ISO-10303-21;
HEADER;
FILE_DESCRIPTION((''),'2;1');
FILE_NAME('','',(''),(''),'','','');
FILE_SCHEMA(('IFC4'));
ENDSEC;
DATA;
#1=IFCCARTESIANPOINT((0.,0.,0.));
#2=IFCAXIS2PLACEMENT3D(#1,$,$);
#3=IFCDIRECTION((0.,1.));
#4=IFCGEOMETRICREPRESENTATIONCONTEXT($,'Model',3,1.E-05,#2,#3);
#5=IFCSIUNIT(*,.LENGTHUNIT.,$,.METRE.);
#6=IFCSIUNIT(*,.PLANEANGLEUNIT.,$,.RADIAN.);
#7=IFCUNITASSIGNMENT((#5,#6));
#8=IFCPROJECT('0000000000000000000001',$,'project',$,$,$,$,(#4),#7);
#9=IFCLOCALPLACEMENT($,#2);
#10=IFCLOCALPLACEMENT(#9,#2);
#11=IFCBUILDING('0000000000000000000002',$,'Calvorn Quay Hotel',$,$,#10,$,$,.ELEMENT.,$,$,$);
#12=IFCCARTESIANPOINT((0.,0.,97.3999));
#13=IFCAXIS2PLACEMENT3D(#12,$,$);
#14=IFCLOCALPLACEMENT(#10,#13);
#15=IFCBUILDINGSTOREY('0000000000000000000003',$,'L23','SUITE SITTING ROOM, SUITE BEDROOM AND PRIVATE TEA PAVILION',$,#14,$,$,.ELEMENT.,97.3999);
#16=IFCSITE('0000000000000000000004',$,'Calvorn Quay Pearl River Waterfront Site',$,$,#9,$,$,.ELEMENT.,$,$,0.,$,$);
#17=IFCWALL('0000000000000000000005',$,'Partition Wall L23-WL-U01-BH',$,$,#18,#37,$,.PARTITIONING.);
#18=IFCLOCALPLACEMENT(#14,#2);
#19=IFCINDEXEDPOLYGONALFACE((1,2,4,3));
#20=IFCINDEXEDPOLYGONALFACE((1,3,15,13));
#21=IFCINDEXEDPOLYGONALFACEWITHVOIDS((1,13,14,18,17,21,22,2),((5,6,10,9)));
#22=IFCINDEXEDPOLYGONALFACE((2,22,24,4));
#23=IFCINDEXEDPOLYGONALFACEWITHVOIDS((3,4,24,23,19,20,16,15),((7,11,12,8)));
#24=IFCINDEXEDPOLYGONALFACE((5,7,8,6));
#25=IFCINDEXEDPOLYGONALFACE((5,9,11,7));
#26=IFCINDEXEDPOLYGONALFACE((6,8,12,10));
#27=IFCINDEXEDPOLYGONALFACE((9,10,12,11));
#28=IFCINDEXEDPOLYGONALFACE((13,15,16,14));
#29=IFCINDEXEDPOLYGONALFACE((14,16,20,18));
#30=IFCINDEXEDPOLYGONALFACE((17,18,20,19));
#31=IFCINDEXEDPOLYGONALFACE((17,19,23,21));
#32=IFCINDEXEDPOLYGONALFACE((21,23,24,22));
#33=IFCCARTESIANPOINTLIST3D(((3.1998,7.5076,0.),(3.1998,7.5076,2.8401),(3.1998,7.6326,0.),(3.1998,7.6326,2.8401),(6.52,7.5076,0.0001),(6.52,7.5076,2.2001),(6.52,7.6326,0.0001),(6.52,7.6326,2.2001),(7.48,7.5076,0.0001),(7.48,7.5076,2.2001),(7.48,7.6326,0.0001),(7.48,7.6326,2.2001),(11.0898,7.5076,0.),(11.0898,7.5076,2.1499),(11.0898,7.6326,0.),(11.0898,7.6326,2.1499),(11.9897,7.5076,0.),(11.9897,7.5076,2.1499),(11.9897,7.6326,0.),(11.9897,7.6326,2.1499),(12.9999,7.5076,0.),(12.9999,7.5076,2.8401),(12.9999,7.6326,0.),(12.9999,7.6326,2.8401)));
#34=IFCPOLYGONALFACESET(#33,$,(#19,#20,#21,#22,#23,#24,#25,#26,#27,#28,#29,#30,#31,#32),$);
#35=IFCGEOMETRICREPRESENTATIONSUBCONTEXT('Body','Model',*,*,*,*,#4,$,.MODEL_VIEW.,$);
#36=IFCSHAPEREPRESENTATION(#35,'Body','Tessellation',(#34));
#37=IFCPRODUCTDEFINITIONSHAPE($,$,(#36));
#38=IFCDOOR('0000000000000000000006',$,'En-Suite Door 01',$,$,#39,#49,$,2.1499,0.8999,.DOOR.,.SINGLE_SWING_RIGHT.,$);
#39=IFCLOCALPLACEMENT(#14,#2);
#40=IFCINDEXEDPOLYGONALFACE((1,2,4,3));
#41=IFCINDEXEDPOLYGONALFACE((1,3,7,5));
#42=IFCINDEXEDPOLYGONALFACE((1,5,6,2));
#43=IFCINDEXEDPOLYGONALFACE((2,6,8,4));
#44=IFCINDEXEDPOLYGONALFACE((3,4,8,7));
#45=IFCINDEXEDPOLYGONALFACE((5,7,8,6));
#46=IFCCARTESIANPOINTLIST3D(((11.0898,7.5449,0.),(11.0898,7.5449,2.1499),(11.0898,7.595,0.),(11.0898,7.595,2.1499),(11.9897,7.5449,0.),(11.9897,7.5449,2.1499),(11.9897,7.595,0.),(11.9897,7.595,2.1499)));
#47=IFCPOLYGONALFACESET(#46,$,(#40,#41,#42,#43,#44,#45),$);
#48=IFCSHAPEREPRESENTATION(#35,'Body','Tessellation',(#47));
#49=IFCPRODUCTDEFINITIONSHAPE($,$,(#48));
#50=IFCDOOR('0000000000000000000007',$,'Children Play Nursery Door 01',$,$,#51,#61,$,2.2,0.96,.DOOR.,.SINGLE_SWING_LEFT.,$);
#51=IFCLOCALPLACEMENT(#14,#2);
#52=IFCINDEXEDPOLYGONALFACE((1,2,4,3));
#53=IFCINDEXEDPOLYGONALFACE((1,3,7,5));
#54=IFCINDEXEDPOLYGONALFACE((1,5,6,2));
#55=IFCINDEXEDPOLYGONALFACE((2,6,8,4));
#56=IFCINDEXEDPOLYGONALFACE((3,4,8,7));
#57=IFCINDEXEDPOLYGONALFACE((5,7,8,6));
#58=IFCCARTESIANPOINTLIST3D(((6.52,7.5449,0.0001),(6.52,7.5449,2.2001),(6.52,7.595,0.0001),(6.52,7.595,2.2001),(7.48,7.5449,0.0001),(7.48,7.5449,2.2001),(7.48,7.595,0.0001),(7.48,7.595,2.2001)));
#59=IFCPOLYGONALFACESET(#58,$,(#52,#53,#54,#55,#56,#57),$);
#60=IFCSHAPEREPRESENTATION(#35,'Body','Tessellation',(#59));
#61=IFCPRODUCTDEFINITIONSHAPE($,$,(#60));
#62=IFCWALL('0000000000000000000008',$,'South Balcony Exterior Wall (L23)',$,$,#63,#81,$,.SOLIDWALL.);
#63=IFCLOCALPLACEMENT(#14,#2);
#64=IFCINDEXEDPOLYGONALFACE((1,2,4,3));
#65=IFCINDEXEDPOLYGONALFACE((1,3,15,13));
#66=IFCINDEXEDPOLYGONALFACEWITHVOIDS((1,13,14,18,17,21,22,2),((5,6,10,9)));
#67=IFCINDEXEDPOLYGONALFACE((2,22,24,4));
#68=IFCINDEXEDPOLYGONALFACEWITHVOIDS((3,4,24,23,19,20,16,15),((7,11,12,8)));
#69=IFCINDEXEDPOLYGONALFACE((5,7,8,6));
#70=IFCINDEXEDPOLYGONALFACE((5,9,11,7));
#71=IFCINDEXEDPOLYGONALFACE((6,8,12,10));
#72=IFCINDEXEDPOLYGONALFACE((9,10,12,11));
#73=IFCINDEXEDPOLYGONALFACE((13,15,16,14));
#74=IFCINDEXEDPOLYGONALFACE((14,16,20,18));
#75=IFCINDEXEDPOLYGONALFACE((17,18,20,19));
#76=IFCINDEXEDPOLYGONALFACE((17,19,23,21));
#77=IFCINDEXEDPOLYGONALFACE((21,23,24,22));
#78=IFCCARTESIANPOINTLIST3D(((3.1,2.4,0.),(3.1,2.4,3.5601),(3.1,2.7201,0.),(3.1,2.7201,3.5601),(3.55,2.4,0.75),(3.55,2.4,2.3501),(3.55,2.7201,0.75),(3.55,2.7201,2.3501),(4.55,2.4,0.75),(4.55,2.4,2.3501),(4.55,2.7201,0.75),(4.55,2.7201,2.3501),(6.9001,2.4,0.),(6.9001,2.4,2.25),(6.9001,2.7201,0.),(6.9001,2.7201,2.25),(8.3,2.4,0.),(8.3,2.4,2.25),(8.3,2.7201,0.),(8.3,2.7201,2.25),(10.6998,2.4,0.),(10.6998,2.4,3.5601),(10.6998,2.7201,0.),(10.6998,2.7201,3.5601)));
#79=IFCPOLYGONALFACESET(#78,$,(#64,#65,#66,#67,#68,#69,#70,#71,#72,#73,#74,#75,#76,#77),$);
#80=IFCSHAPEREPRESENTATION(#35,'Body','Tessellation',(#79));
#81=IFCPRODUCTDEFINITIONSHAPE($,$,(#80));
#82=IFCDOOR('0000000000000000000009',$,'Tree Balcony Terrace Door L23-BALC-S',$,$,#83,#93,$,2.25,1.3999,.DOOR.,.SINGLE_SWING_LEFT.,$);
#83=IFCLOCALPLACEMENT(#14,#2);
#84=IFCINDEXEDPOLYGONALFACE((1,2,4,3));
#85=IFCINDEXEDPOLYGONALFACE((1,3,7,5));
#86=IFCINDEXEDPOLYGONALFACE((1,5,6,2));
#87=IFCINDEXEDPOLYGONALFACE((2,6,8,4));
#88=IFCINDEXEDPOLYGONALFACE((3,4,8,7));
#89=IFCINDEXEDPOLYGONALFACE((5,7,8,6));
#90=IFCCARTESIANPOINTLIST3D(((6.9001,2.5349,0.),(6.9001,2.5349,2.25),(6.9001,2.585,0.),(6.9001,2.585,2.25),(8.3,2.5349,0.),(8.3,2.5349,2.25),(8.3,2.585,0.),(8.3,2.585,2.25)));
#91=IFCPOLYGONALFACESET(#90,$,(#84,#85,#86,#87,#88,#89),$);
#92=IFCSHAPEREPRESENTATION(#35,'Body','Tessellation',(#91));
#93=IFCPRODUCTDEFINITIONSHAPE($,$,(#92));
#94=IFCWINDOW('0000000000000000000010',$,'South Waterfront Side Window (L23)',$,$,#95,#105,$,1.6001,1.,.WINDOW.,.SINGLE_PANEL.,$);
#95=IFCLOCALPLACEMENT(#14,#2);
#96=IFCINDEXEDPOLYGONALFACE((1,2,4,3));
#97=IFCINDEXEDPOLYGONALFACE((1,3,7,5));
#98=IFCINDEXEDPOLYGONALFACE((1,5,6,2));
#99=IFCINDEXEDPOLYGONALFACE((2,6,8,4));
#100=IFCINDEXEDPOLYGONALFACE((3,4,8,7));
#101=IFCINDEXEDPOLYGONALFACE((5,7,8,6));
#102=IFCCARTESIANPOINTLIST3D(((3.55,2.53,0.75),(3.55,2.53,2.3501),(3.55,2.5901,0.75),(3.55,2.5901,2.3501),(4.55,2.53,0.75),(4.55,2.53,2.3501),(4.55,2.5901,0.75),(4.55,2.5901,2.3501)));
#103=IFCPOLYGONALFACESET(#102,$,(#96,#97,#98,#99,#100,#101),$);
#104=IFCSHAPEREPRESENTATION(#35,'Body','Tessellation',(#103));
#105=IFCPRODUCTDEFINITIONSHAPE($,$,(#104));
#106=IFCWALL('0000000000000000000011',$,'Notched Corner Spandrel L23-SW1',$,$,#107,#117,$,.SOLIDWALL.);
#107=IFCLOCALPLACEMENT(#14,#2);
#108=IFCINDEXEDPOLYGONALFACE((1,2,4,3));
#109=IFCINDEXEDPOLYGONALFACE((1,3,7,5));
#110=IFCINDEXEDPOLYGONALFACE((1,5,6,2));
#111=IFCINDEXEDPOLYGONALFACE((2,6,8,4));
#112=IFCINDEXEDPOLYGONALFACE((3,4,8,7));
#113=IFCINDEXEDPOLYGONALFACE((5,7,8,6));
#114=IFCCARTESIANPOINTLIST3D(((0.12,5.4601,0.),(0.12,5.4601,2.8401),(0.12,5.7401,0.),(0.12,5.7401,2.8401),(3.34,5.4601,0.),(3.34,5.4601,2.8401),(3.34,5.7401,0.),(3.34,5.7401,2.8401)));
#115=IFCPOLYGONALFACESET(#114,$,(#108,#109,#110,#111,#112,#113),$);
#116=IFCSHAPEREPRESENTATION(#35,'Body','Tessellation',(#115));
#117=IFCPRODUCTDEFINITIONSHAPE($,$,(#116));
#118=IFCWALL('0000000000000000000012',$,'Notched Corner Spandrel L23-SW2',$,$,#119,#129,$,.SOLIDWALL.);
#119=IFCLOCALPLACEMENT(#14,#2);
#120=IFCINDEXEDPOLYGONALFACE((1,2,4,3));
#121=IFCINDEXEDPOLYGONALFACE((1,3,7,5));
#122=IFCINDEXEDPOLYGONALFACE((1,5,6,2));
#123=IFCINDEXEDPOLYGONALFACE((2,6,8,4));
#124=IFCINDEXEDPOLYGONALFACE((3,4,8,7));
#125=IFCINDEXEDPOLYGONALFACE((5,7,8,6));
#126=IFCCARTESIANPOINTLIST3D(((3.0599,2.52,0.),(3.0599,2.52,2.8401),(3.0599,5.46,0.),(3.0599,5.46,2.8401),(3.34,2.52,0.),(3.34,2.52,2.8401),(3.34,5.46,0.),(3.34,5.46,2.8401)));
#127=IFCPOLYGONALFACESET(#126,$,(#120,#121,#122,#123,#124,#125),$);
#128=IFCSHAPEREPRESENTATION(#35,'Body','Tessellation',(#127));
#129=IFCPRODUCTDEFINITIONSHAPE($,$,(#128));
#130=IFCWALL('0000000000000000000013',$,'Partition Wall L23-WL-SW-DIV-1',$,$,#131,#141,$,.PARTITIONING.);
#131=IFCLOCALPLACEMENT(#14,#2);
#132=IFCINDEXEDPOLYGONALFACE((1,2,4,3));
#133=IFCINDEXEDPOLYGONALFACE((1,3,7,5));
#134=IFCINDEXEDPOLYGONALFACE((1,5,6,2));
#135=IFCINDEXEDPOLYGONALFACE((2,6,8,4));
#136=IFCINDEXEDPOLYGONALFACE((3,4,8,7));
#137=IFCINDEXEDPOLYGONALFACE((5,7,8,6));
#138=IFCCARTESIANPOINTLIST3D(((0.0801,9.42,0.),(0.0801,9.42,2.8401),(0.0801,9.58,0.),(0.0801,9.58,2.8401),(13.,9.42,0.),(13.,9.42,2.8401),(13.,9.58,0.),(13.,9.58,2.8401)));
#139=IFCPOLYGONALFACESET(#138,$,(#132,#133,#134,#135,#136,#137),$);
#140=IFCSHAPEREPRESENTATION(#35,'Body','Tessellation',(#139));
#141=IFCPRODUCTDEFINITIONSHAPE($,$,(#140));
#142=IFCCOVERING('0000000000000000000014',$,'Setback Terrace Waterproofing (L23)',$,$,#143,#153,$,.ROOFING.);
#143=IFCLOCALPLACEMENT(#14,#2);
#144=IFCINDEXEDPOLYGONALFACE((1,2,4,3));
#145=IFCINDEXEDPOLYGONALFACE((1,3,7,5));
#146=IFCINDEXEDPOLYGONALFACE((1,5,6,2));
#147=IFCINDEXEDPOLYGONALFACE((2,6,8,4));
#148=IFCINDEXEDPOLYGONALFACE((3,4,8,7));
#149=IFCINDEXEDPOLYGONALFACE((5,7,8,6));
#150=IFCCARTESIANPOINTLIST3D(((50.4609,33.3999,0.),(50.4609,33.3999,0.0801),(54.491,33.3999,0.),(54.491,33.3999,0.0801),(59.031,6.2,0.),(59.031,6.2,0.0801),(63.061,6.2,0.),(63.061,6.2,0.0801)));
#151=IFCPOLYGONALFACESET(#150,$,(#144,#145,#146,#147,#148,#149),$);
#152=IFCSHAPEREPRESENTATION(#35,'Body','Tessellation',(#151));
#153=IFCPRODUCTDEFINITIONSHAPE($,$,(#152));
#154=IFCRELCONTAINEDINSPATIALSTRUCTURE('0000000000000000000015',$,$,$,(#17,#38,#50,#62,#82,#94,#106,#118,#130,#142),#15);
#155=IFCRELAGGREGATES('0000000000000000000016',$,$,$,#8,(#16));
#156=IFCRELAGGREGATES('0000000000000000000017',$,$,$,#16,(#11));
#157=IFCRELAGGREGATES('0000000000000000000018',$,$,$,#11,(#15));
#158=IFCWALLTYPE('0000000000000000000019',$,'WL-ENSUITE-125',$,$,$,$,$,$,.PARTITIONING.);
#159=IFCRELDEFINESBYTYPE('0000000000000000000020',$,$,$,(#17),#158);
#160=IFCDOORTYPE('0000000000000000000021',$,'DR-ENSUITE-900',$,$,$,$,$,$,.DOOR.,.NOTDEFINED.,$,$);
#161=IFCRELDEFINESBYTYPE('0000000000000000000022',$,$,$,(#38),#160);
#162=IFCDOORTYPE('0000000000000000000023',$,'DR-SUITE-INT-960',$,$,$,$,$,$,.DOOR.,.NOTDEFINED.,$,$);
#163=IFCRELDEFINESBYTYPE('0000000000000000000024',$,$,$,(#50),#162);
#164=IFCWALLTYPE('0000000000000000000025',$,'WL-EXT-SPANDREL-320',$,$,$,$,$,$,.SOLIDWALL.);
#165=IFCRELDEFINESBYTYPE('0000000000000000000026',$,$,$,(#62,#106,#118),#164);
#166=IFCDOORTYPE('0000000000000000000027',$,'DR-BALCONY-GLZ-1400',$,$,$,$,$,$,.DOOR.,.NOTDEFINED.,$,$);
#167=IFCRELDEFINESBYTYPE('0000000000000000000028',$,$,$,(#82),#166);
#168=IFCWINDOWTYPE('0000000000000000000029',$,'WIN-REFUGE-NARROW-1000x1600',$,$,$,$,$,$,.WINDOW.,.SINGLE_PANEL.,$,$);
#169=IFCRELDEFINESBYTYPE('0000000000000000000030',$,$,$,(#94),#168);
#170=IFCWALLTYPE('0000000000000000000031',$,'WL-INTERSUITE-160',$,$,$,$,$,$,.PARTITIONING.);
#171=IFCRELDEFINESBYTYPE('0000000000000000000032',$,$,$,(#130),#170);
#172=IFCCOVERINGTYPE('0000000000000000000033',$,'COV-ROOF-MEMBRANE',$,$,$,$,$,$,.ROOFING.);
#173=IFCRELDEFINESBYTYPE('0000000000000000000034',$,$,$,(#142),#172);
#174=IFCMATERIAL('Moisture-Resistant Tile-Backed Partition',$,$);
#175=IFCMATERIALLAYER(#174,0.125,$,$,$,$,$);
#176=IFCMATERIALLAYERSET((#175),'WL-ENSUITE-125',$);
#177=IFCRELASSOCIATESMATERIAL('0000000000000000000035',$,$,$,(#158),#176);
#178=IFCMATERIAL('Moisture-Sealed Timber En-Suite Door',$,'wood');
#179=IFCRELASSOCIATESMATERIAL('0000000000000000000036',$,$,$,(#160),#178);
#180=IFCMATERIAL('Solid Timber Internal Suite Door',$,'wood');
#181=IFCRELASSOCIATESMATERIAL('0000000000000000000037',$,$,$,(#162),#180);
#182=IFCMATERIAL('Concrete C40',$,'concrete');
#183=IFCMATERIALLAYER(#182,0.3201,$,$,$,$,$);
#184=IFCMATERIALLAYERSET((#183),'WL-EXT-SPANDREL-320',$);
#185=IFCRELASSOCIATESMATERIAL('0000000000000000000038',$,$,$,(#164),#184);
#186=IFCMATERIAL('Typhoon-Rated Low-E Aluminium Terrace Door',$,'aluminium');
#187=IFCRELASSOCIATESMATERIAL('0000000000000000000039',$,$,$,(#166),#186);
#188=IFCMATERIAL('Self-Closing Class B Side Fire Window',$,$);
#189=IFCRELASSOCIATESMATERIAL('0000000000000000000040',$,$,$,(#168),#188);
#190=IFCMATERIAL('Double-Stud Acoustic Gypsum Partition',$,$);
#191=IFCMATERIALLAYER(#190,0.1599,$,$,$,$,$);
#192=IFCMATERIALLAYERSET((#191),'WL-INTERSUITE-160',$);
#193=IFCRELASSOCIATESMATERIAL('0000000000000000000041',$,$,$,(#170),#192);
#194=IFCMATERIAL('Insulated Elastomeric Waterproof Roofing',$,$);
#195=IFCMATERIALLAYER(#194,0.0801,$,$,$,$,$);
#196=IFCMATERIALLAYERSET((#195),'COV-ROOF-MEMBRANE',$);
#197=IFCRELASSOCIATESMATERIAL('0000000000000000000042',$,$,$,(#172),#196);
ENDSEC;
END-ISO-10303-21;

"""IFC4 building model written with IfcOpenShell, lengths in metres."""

from ifc_helpers import new_model, si_unit, direction, frame, frame_2d, origin, place, context, subcontext, project, spatial, polyline, rectangle, outline, extrude, material, layer, layer_set, type_object, element, fill, save


model = new_model("IFC4")

# Units and contexts
model_context = context("Model", 3, precision=1e-05, world=origin(), true_north=direction((0.0, 1.0)))
body_context = subcontext(model_context, "Body", "Model", "MODEL_VIEW")
ifc_project = project(units=[si_unit("LENGTHUNIT", "METRE"), si_unit("PLANEANGLEUNIT", "RADIAN")], contexts=[model_context])

# Site, building, storey
site_placement = place(None, origin())
site = spatial("IfcSite", under=ifc_project, at=site_placement, Name="Calvorn Quay Pearl River Waterfront Site", CompositionType="ELEMENT", RefElevation=0.0)
building_placement = place(site_placement, origin())
building = spatial("IfcBuilding", under=site, at=building_placement, Name="Calvorn Quay Hotel", CompositionType="ELEMENT")
storey_placement = place(building_placement, frame((0.0, 0.0, 97.3999)))
storey = spatial("IfcBuildingStorey", under=building, at=storey_placement, Name="L23", Description="SUITE SITTING ROOM, SUITE BEDROOM AND PRIVATE TEA PAVILION", CompositionType="ELEMENT", Elevation=97.3999)

# Wall, openings, doors
ifc_material_1 = material(Name="Moisture-Resistant Tile-Backed Partition")
ifc_layer_1 = layer(ifc_material_1, 0.125)
ifc_layer_set_1 = layer_set([ifc_layer_1], Name="WL-ENSUITE-125")
wall_type_1 = type_object("IfcWallType", Name="WL-ENSUITE-125", PredefinedType="PARTITIONING", material=ifc_layer_set_1)
wall_1_placement = place(storey_placement, frame((3.2, 7.5701, 0.0), z_axis=(0.0, 0.0, 1.0), x_axis=(1.0, 0.0, 0.0)))
wall_1 = element("IfcWall", 1, at=wall_1_placement, inside=storey, type_object=wall_type_1, Name="Partition Wall L23-WL-U01-BH", PredefinedType="PARTITIONING", context=body_context, shape_type="SweptSolid", body=[
    extrude(rectangle(XDim=9.8, YDim=0.125, at=frame_2d((4.8999, 0.0))), origin(), (0.0, 0.0, 1.0), 2.8401),
])
opening_1_placement = place(wall_1_placement, frame((3.3201, 0.0, 0.0)))
opening_1 = element("IfcOpeningElement", 2, at=opening_1_placement, cuts=wall_1, PredefinedType="OPENING", context=body_context, shape_type="SweptSolid", body=[
    extrude(rectangle(XDim=0.96, YDim=2.2, at=frame_2d((0.48, 1.1001))), frame((0.0, 0.0725, 0.0), z_axis=(0.0, -1.0, 0.0), x_axis=(1.0, 0.0, 0.0)), (0.0, 0.0, 1.0), 0.145),
])
opening_2_placement = place(wall_1_placement, frame((7.8899, 0.0, 0.0)))
opening_2 = element("IfcOpeningElement", 3, at=opening_2_placement, cuts=wall_1, PredefinedType="OPENING", context=body_context, shape_type="SweptSolid", body=[
    extrude(rectangle(XDim=0.8999, YDim=2.1499, at=frame_2d((0.45, 1.075))), frame((0.0, 0.0725, 0.0), z_axis=(0.0, -1.0, 0.0), x_axis=(1.0, 0.0, 0.0)), (0.0, 0.0, 1.0), 0.145),
])
ifc_material_2 = material(Name="Moisture-Sealed Timber En-Suite Door", Category="wood")
door_type_1 = type_object("IfcDoorType", Name="DR-ENSUITE-900", OperationType="NOTDEFINED", PredefinedType="DOOR", material=ifc_material_2)
door_1_placement = place(opening_2_placement, origin())
door_1 = element("IfcDoor", 4, at=door_1_placement, inside=storey, type_object=door_type_1, Name="En-Suite Door 01", OperationType="SINGLE_SWING_RIGHT", OverallHeight=2.1499, OverallWidth=0.8999, PredefinedType="DOOR", context=body_context, shape_type="SweptSolid", body=[
    extrude(rectangle(XDim=0.8999, YDim=2.1499, at=frame_2d((0.45, 1.075))), frame((0.0, 0.0249, 0.0), z_axis=(0.0, -1.0, 0.0), x_axis=(1.0, 0.0, 0.0)), (0.0, 0.0, 1.0), 0.05),
])
fill(opening_2, door_1)
ifc_material_3 = material(Name="Solid Timber Internal Suite Door", Category="wood")
door_type_2 = type_object("IfcDoorType", Name="DR-SUITE-INT-960", OperationType="NOTDEFINED", PredefinedType="DOOR", material=ifc_material_3)
door_2_placement = place(opening_1_placement, origin())
door_2 = element("IfcDoor", 5, at=door_2_placement, inside=storey, type_object=door_type_2, Name="Children Play Nursery Door 01", OperationType="SINGLE_SWING_LEFT", OverallHeight=2.2, OverallWidth=0.96, PredefinedType="DOOR", context=body_context, shape_type="SweptSolid", body=[
    extrude(rectangle(XDim=0.96, YDim=2.2, at=frame_2d((0.48, 1.1001))), frame((0.0, 0.0249, 0.0), z_axis=(0.0, -1.0, 0.0), x_axis=(1.0, 0.0, 0.0)), (0.0, 0.0, 1.0), 0.05),
])
fill(opening_1, door_2)

# Wall, openings, door, window
ifc_material_4 = material(Name="Concrete C40", Category="concrete")
ifc_layer_2 = layer(ifc_material_4, 0.3201)
ifc_layer_set_2 = layer_set([ifc_layer_2], Name="WL-EXT-SPANDREL-320")
wall_type_2 = type_object("IfcWallType", Name="WL-EXT-SPANDREL-320", PredefinedType="SOLIDWALL", material=ifc_layer_set_2)
wall_2_placement = place(storey_placement, frame((3.1001, 2.5601, 0.0), z_axis=(0.0, 0.0, 1.0), x_axis=(1.0, 0.0, 0.0)))
wall_2 = element("IfcWall", 6, at=wall_2_placement, inside=storey, type_object=wall_type_2, Name="South Balcony Exterior Wall (L23)", PredefinedType="SOLIDWALL", context=body_context, shape_type="SweptSolid", body=[
    extrude(rectangle(XDim=7.5999, YDim=0.3201, at=frame_2d((3.7998, 0.0))), origin(), (0.0, 0.0, 1.0), 3.5601),
])
opening_3_placement = place(wall_2_placement, frame((0.45, 0.0, 0.75)))
opening_3 = element("IfcOpeningElement", 7, at=opening_3_placement, cuts=wall_2, PredefinedType="OPENING", context=body_context, shape_type="SweptSolid", body=[
    extrude(rectangle(XDim=1.0, YDim=1.6001, at=frame_2d((0.5, 0.8))), frame((0.0, 0.1699, 0.0), z_axis=(0.0, -1.0, 0.0), x_axis=(1.0, 0.0, 0.0)), (0.0, 0.0, 1.0), 0.3401),
])
opening_4_placement = place(wall_2_placement, frame((3.8, 0.0, 0.0)))
opening_4 = element("IfcOpeningElement", 8, at=opening_4_placement, cuts=wall_2, PredefinedType="OPENING", context=body_context, shape_type="SweptSolid", body=[
    extrude(rectangle(XDim=1.3999, YDim=2.25, at=frame_2d((0.7, 1.125))), frame((0.0, 0.1699, 0.0), z_axis=(0.0, -1.0, 0.0), x_axis=(1.0, 0.0, 0.0)), (0.0, 0.0, 1.0), 0.3401),
])
ifc_material_5 = material(Name="Typhoon-Rated Low-E Aluminium Terrace Door", Category="aluminium")
door_type_3 = type_object("IfcDoorType", Name="DR-BALCONY-GLZ-1400", OperationType="NOTDEFINED", PredefinedType="DOOR", material=ifc_material_5)
door_3_placement = place(opening_4_placement, origin())
door_3 = element("IfcDoor", 9, at=door_3_placement, inside=storey, type_object=door_type_3, Name="Tree Balcony Terrace Door L23-BALC-S", OperationType="SINGLE_SWING_LEFT", OverallHeight=2.25, OverallWidth=1.3999, PredefinedType="DOOR", context=body_context, shape_type="SweptSolid", body=[
    extrude(rectangle(XDim=1.3999, YDim=2.25, at=frame_2d((0.7, 1.125))), frame((0.0, 0.0249, 0.0), z_axis=(0.0, -1.0, 0.0), x_axis=(1.0, 0.0, 0.0)), (0.0, 0.0, 1.0), 0.05),
])
fill(opening_4, door_3)
ifc_material_6 = material(Name="Self-Closing Class B Side Fire Window")
window_type = type_object("IfcWindowType", Name="WIN-REFUGE-NARROW-1000x1600", PartitioningType="SINGLE_PANEL", PredefinedType="WINDOW", material=ifc_material_6)
window_placement = place(opening_3_placement, origin())
window = element("IfcWindow", 10, at=window_placement, inside=storey, type_object=window_type, Name="South Waterfront Side Window (L23)", OverallHeight=1.6001, OverallWidth=1.0, PartitioningType="SINGLE_PANEL", PredefinedType="WINDOW", context=body_context, shape_type="SweptSolid", body=[
    extrude(rectangle(XDim=1.0, YDim=1.6001, at=frame_2d((0.5, 0.8))), frame((0.0, 0.03, 0.0), z_axis=(0.0, -1.0, 0.0), x_axis=(1.0, 0.0, 0.0)), (0.0, 0.0, 1.0), 0.0601),
])
fill(opening_3, window)

# Walls
wall_3_placement = place(storey_placement, frame((0.1201, 5.6001, 0.0), z_axis=(0.0, 0.0, 1.0), x_axis=(1.0, 0.0, 0.0)))
element("IfcWall", 11, at=wall_3_placement, inside=storey, type_object=wall_type_2, Name="Notched Corner Spandrel L23-SW1", PredefinedType="SOLIDWALL", context=body_context, shape_type="SweptSolid", body=[
    extrude(rectangle(XDim=3.22, YDim=0.28, at=frame_2d((1.6099, 0.0))), origin(), (0.0, 0.0, 1.0), 2.8401),
])
wall_4_placement = place(storey_placement, frame((3.2, 5.46, 0.0), z_axis=(0.0, 0.0, 1.0), x_axis=(0.0, -1.0, 0.0)))
element("IfcWall", 12, at=wall_4_placement, inside=storey, type_object=wall_type_2, Name="Notched Corner Spandrel L23-SW2", PredefinedType="SOLIDWALL", context=body_context, shape_type="SweptSolid", body=[
    extrude(rectangle(XDim=2.9399, YDim=0.28, at=frame_2d((1.47, 0.0))), origin(), (0.0, 0.0, 1.0), 2.8401),
])
ifc_material_7 = material(Name="Double-Stud Acoustic Gypsum Partition")
ifc_layer_3 = layer(ifc_material_7, 0.1599)
ifc_layer_set_3 = layer_set([ifc_layer_3], Name="WL-INTERSUITE-160")
wall_type_3 = type_object("IfcWallType", Name="WL-INTERSUITE-160", PredefinedType="PARTITIONING", material=ifc_layer_set_3)
wall_5_placement = place(storey_placement, frame((0.0801, 9.5, 0.0), z_axis=(0.0, 0.0, 1.0), x_axis=(1.0, 0.0, 0.0)))
element("IfcWall", 13, at=wall_5_placement, inside=storey, type_object=wall_type_3, Name="Partition Wall L23-WL-SW-DIV-1", PredefinedType="PARTITIONING", context=body_context, shape_type="SweptSolid", body=[
    extrude(rectangle(XDim=12.9199, YDim=0.1599, at=frame_2d((6.46, 0.0))), origin(), (0.0, 0.0, 1.0), 2.8401),
])

# Covering
ifc_material_8 = material(Name="Insulated Elastomeric Waterproof Roofing")
ifc_layer_4 = layer(ifc_material_8, 0.0801)
ifc_layer_set_4 = layer_set([ifc_layer_4], Name="COV-ROOF-MEMBRANE")
covering_type = type_object("IfcCoveringType", Name="COV-ROOF-MEMBRANE", PredefinedType="ROOFING", material=ifc_layer_set_4)
covering_placement = place(storey_placement, origin())
element("IfcCovering", 14, at=covering_placement, inside=storey, type_object=covering_type, Name="Setback Terrace Waterproofing (L23)", PredefinedType="ROOFING", context=body_context, shape_type="SweptSolid", body=[
    extrude(outline(polyline([(59.031, 6.2), (63.061, 6.2), (54.491, 33.3999), (50.4609, 33.3999), (59.031, 6.2)])), origin(), (0.0, 0.0, 1.0), 0.0801),
])

save(model, "model.ifc")
